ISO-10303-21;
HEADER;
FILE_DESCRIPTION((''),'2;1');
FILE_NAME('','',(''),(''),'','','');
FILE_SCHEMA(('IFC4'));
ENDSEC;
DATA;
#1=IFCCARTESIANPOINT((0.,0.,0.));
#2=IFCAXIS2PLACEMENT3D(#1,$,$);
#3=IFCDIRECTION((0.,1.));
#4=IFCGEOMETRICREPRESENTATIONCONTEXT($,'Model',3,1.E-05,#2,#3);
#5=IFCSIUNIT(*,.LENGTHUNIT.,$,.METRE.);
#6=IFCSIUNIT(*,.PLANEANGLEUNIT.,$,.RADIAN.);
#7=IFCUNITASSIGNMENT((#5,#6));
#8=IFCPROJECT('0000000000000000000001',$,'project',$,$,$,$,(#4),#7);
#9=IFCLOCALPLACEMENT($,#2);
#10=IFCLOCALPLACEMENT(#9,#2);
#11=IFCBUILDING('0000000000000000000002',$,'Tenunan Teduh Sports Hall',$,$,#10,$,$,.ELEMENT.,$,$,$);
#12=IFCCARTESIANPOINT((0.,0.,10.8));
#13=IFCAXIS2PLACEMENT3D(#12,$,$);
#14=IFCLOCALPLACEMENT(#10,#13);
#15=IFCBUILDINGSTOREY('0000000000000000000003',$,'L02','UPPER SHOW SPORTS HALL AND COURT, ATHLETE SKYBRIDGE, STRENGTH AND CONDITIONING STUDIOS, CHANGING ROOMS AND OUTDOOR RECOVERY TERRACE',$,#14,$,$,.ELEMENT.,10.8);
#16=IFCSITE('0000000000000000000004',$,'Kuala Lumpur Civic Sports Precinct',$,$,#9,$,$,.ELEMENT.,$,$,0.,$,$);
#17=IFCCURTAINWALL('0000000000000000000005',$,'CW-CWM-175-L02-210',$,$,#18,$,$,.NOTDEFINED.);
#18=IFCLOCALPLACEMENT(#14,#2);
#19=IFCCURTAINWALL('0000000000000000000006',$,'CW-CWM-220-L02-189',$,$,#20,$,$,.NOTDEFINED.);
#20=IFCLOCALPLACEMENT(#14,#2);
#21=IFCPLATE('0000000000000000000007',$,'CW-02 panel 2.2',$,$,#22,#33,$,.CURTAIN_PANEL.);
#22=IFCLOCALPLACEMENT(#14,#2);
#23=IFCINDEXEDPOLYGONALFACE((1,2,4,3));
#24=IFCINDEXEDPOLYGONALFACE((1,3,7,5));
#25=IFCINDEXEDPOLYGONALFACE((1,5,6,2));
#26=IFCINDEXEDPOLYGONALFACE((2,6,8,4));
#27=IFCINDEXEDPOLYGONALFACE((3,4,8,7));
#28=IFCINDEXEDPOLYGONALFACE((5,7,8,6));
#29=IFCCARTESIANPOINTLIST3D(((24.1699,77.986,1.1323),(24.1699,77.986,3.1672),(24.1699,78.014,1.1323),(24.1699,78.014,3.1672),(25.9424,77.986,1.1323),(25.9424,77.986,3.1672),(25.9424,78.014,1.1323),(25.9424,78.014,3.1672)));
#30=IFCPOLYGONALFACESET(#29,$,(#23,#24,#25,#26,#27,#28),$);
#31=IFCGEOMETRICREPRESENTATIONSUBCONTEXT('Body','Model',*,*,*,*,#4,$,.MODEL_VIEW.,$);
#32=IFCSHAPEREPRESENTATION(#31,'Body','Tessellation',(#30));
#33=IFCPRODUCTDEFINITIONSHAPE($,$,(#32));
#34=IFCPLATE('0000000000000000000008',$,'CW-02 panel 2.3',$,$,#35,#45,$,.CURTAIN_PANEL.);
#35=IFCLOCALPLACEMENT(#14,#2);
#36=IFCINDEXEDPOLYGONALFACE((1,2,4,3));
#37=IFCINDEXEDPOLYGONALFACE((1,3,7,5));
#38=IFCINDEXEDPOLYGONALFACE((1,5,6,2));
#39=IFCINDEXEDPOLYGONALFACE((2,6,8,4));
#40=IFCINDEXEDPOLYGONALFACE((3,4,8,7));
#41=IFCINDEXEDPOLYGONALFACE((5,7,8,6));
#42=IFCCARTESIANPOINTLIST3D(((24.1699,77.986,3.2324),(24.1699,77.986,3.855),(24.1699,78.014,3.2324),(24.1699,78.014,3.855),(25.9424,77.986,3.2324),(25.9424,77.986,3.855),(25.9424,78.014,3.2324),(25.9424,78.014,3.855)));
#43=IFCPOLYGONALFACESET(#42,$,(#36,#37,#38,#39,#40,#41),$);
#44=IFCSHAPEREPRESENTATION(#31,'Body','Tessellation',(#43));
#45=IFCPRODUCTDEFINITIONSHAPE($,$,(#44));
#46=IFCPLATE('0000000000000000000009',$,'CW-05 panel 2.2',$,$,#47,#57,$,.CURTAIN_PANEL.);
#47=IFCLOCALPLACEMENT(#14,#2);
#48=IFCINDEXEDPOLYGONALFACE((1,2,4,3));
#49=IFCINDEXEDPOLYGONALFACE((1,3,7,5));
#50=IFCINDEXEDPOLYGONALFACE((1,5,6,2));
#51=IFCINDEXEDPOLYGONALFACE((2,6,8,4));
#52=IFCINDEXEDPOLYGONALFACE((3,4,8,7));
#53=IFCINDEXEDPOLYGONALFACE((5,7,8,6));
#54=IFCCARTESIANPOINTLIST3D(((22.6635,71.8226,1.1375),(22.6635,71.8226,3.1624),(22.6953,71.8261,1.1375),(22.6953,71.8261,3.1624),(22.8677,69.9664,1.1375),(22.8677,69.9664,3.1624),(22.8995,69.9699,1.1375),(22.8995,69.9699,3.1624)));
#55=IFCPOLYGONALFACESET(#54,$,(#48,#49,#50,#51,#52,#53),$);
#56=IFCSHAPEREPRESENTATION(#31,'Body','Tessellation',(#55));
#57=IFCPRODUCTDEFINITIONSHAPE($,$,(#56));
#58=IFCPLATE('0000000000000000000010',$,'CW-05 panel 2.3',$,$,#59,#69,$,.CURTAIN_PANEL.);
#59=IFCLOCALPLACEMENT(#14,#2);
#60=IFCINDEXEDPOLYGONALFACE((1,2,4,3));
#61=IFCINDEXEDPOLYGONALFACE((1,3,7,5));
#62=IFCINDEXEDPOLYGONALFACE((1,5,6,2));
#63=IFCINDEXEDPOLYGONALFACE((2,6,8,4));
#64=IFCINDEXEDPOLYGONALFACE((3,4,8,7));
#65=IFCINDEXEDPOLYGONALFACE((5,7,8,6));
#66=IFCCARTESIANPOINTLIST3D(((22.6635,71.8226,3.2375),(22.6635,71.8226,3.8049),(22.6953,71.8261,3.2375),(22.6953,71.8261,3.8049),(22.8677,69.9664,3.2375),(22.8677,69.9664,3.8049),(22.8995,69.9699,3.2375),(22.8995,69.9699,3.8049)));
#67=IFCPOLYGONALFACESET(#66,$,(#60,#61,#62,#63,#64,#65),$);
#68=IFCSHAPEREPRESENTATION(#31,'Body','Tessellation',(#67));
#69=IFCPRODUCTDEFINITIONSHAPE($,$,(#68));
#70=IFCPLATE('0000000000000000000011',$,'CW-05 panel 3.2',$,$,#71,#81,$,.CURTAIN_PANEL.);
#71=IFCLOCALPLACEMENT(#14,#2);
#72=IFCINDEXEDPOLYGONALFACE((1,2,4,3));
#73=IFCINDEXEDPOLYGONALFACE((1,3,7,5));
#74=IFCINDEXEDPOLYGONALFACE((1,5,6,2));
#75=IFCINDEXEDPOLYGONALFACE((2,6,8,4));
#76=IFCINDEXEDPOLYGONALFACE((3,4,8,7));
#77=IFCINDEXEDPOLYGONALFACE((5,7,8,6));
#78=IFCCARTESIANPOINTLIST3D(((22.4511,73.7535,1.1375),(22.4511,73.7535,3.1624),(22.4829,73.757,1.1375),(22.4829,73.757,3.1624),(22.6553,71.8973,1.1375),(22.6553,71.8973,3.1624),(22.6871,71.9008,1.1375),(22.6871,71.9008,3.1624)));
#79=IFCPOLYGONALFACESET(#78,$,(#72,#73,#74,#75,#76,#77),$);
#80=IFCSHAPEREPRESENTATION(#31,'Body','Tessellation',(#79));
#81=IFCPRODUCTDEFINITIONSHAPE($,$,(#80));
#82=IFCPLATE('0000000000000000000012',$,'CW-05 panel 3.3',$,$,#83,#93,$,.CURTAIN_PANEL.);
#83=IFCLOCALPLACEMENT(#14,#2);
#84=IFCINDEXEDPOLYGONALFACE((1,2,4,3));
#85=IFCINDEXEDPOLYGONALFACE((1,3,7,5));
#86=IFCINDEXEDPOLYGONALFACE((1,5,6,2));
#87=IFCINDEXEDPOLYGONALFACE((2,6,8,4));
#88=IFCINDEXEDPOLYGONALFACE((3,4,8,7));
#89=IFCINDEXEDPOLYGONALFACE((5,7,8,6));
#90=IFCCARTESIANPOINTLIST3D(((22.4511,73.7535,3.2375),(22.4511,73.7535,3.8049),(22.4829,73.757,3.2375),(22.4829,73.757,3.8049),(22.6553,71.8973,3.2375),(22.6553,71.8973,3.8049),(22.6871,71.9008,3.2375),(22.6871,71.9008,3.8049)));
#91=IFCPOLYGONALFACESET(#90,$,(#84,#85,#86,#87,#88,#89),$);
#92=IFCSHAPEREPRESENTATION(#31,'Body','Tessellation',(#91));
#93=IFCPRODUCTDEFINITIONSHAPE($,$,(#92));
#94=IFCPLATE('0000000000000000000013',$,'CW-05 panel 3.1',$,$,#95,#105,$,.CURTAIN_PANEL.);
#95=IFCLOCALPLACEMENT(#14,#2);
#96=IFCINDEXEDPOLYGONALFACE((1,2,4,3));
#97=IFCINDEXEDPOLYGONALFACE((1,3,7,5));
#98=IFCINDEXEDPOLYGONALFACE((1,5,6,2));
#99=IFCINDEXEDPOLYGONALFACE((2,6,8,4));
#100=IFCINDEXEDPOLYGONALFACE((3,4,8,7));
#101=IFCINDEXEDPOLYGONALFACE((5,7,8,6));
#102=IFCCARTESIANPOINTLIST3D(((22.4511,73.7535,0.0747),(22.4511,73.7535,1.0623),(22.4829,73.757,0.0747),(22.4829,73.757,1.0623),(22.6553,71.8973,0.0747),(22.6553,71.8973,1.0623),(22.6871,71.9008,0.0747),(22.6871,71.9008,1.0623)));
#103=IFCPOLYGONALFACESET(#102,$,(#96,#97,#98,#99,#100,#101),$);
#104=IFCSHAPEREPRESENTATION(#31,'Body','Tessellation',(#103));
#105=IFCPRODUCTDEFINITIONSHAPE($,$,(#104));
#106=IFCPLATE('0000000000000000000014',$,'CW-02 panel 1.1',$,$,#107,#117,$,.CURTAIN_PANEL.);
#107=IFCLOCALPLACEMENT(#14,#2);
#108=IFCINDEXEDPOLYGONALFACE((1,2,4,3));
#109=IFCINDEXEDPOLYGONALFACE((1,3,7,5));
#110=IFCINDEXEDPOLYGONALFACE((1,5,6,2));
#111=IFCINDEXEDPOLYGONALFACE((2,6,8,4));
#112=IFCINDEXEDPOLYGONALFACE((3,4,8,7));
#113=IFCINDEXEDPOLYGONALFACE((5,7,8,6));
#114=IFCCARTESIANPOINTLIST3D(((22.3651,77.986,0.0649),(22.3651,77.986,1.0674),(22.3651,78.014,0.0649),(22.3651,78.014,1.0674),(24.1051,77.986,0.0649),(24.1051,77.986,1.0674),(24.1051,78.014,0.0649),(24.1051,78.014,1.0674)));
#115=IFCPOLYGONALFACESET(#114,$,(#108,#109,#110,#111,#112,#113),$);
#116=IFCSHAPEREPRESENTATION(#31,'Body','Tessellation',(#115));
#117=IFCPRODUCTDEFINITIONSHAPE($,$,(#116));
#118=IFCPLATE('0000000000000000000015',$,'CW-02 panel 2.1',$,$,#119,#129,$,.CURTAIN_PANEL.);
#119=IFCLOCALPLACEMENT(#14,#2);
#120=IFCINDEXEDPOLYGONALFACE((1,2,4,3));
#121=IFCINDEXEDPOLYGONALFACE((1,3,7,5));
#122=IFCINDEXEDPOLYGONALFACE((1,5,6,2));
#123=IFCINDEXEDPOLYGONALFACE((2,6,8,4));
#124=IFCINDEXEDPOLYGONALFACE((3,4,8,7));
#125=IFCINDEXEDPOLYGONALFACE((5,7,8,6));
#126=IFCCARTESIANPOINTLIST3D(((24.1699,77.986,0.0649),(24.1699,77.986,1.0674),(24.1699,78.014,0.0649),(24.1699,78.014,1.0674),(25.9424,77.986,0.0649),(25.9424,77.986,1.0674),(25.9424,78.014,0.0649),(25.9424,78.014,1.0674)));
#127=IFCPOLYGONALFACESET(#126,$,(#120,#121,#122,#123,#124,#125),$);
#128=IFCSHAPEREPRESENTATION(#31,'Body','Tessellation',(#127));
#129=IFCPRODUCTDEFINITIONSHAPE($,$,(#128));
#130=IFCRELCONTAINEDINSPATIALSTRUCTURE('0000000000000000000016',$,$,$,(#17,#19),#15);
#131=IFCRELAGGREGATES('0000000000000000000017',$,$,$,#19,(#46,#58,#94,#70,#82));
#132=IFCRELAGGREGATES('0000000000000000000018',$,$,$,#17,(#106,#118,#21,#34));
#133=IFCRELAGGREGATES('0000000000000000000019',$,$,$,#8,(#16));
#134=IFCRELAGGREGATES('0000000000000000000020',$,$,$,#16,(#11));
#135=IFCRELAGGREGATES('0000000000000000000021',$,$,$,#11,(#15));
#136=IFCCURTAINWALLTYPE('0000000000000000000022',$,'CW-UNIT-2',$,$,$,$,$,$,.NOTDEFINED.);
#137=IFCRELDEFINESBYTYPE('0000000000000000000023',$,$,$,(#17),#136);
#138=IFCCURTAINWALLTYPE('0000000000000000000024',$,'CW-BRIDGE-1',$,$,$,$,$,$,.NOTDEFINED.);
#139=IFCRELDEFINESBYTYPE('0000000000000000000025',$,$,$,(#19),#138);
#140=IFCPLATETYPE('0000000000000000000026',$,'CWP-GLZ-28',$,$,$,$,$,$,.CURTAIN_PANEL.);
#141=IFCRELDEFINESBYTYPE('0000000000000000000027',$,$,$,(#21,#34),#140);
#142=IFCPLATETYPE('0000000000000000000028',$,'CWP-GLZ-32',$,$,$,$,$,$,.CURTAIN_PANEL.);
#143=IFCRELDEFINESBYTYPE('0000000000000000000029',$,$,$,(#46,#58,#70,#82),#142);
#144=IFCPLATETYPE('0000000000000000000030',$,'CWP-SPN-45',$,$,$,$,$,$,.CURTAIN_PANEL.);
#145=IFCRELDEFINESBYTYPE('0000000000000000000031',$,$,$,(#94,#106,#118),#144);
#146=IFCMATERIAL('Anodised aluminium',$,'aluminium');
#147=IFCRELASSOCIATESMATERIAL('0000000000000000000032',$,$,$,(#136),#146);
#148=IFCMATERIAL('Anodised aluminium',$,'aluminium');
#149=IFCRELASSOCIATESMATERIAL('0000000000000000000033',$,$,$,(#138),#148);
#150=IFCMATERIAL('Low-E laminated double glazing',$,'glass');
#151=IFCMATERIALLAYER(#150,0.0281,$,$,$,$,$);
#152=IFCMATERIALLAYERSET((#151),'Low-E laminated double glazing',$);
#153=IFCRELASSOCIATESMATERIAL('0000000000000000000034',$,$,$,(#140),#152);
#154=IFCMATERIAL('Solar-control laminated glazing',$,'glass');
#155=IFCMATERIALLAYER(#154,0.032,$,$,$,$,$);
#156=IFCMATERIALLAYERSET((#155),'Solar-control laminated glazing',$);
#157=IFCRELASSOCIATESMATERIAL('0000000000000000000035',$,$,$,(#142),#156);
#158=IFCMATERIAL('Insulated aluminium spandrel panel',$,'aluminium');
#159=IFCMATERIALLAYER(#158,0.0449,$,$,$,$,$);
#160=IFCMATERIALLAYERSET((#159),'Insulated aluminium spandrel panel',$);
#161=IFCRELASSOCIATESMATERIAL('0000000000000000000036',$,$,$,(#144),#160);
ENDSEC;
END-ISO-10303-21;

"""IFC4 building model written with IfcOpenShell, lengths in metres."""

from ifc_helpers import new_model, si_unit, direction, frame, origin, origin_2d, place, context, subcontext, project, spatial, rectangle, extrude, material, layer, layer_set, type_object, element, aggregate, save


model = new_model("IFC4")

# Units and contexts
model_context = context("Model", 3, precision=1e-05, world=origin(), true_north=direction((0.0, 1.0)))
body_context = subcontext(model_context, "Body", "Model", "MODEL_VIEW")
ifc_project = project(units=[si_unit("LENGTHUNIT", "METRE"), si_unit("PLANEANGLEUNIT", "RADIAN")], contexts=[model_context])

# Site, building, storey
site_placement = place(None, origin())
site = spatial("IfcSite", under=ifc_project, at=site_placement, Name="Kuala Lumpur Civic Sports Precinct", CompositionType="ELEMENT", RefElevation=0.0)
building_placement = place(site_placement, origin())
building = spatial("IfcBuilding", under=site, at=building_placement, Name="Tenunan Teduh Sports Hall", CompositionType="ELEMENT")
storey_placement = place(building_placement, frame((0.0, 0.0, 10.8)))
storey = spatial("IfcBuildingStorey", under=building, at=storey_placement, Name="L02", Description="UPPER SHOW SPORTS HALL AND COURT, ATHLETE SKYBRIDGE, STRENGTH AND CONDITIONING STUDIOS, CHANGING ROOMS AND OUTDOOR RECOVERY TERRACE", CompositionType="ELEMENT", Elevation=10.8)

# Curtain wall
ifc_material_1 = material(Name="Anodised aluminium", Category="aluminium")
curtain_wall_type_1 = type_object("IfcCurtainWallType", Name="CW-UNIT-2", PredefinedType="NOTDEFINED", material=ifc_material_1)
curtain_wall_1_placement = place(storey_placement, origin())
curtain_wall_1 = element("IfcCurtainWall", 1, at=curtain_wall_1_placement, inside=storey, type_object=curtain_wall_type_1, Name="CW-CWM-175-L02-210", PredefinedType="NOTDEFINED")

# Curtain wall
ifc_material_2 = material(Name="Anodised aluminium", Category="aluminium")
curtain_wall_type_2 = type_object("IfcCurtainWallType", Name="CW-BRIDGE-1", PredefinedType="NOTDEFINED", material=ifc_material_2)
curtain_wall_2_placement = place(storey_placement, origin())
curtain_wall_2 = element("IfcCurtainWall", 2, at=curtain_wall_2_placement, inside=storey, type_object=curtain_wall_type_2, Name="CW-CWM-220-L02-189", PredefinedType="NOTDEFINED")

# Plates
ifc_material_3 = material(Name="Low-E laminated double glazing", Category="glass")
ifc_layer_1 = layer(ifc_material_3, 0.0281)
ifc_layer_set_1 = layer_set([ifc_layer_1], Name="Low-E laminated double glazing")
plate_type_1 = type_object("IfcPlateType", Name="CWP-GLZ-28", PredefinedType="CURTAIN_PANEL", material=ifc_layer_set_1)
plate_1_placement = place(storey_placement, frame((25.0562, 78.0, 1.1323), z_axis=(0.0, 0.0, 1.0), x_axis=(1.0, 0.0, 0.0)))
plate_1 = element("IfcPlate", 3, at=plate_1_placement, type_object=plate_type_1, Name="CW-02 panel 2.2", PredefinedType="CURTAIN_PANEL", context=body_context, shape_type="SweptSolid", body=[
    extrude(rectangle(XDim=1.7725, YDim=0.0281, at=origin_2d()), origin(), (0.0, 0.0, 1.0), 2.0349),
])
plate_2_placement = place(storey_placement, frame((25.0562, 78.0, 3.2324), z_axis=(0.0, 0.0, 1.0), x_axis=(1.0, 0.0, 0.0)))
plate_2 = element("IfcPlate", 4, at=plate_2_placement, type_object=plate_type_1, Name="CW-02 panel 2.3", PredefinedType="CURTAIN_PANEL", context=body_context, shape_type="SweptSolid", body=[
    extrude(rectangle(XDim=1.7725, YDim=0.0281, at=origin_2d()), origin(), (0.0, 0.0, 1.0), 0.6226),
])
ifc_material_4 = material(Name="Solar-control laminated glazing", Category="glass")
ifc_layer_2 = layer(ifc_material_4, 0.032)
ifc_layer_set_2 = layer_set([ifc_layer_2], Name="Solar-control laminated glazing")
plate_type_2 = type_object("IfcPlateType", Name="CWP-GLZ-32", PredefinedType="CURTAIN_PANEL", material=ifc_layer_set_2)
plate_3_placement = place(storey_placement, frame((22.7815, 70.8962, 1.1375), z_axis=(0.0, 0.0, 1.0), x_axis=(-0.109341, 0.994004, 0.0)))
plate_3 = element("IfcPlate", 5, at=plate_3_placement, type_object=plate_type_2, Name="CW-05 panel 2.2", PredefinedType="CURTAIN_PANEL", context=body_context, shape_type="SweptSolid", body=[
    extrude(rectangle(XDim=1.8674, YDim=0.032, at=origin_2d()), origin(), (0.0, 0.0, 1.0), 2.0249),
])
plate_4_placement = place(storey_placement, frame((22.7815, 70.8962, 3.2375), z_axis=(0.0, 0.0, 1.0), x_axis=(-0.109341, 0.994004, 0.0)))
plate_4 = element("IfcPlate", 6, at=plate_4_placement, type_object=plate_type_2, Name="CW-05 panel 2.3", PredefinedType="CURTAIN_PANEL", context=body_context, shape_type="SweptSolid", body=[
    extrude(rectangle(XDim=1.8674, YDim=0.032, at=origin_2d()), origin(), (0.0, 0.0, 1.0), 0.5674),
])
plate_5_placement = place(storey_placement, frame((22.5691, 72.8271, 1.1375), z_axis=(0.0, 0.0, 1.0), x_axis=(-0.109341, 0.994004, 0.0)))
plate_5 = element("IfcPlate", 7, at=plate_5_placement, type_object=plate_type_2, Name="CW-05 panel 3.2", PredefinedType="CURTAIN_PANEL", context=body_context, shape_type="SweptSolid", body=[
    extrude(rectangle(XDim=1.8674, YDim=0.032, at=origin_2d()), origin(), (0.0, 0.0, 1.0), 2.0249),
])
plate_6_placement = place(storey_placement, frame((22.5691, 72.8271, 3.2375), z_axis=(0.0, 0.0, 1.0), x_axis=(-0.109341, 0.994004, 0.0)))
plate_6 = element("IfcPlate", 8, at=plate_6_placement, type_object=plate_type_2, Name="CW-05 panel 3.3", PredefinedType="CURTAIN_PANEL", context=body_context, shape_type="SweptSolid", body=[
    extrude(rectangle(XDim=1.8674, YDim=0.032, at=origin_2d()), origin(), (0.0, 0.0, 1.0), 0.5674),
])
ifc_material_5 = material(Name="Insulated aluminium spandrel panel", Category="aluminium")
ifc_layer_3 = layer(ifc_material_5, 0.0449)
ifc_layer_set_3 = layer_set([ifc_layer_3], Name="Insulated aluminium spandrel panel")
plate_type_3 = type_object("IfcPlateType", Name="CWP-SPN-45", PredefinedType="CURTAIN_PANEL", material=ifc_layer_set_3)
plate_7_placement = place(storey_placement, frame((22.5691, 72.8271, 0.0747), z_axis=(0.0, 0.0, 1.0), x_axis=(-0.109341, 0.994004, 0.0)))
plate_7 = element("IfcPlate", 9, at=plate_7_placement, type_object=plate_type_3, Name="CW-05 panel 3.1", PredefinedType="CURTAIN_PANEL", context=body_context, shape_type="SweptSolid", body=[
    extrude(rectangle(XDim=1.8674, YDim=0.032, at=origin_2d()), origin(), (0.0, 0.0, 1.0), 0.9875),
])
aggregate(curtain_wall_2, [plate_3, plate_4, plate_7, plate_5, plate_6])
plate_8_placement = place(storey_placement, frame((23.2351, 78.0, 0.0649), z_axis=(0.0, 0.0, 1.0), x_axis=(1.0, 0.0, 0.0)))
plate_8 = element("IfcPlate", 10, at=plate_8_placement, type_object=plate_type_3, Name="CW-02 panel 1.1", PredefinedType="CURTAIN_PANEL", context=body_context, shape_type="SweptSolid", body=[
    extrude(rectangle(XDim=1.74, YDim=0.0281, at=origin_2d()), origin(), (0.0, 0.0, 1.0), 1.0024),
])
plate_9_placement = place(storey_placement, frame((25.0562, 78.0, 0.0649), z_axis=(0.0, 0.0, 1.0), x_axis=(1.0, 0.0, 0.0)))
plate_9 = element("IfcPlate", 11, at=plate_9_placement, type_object=plate_type_3, Name="CW-02 panel 2.1", PredefinedType="CURTAIN_PANEL", context=body_context, shape_type="SweptSolid", body=[
    extrude(rectangle(XDim=1.7725, YDim=0.0281, at=origin_2d()), origin(), (0.0, 0.0, 1.0), 1.0024),
])
aggregate(curtain_wall_1, [plate_8, plate_9, plate_1, plate_2])

save(model, "model.ifc")
